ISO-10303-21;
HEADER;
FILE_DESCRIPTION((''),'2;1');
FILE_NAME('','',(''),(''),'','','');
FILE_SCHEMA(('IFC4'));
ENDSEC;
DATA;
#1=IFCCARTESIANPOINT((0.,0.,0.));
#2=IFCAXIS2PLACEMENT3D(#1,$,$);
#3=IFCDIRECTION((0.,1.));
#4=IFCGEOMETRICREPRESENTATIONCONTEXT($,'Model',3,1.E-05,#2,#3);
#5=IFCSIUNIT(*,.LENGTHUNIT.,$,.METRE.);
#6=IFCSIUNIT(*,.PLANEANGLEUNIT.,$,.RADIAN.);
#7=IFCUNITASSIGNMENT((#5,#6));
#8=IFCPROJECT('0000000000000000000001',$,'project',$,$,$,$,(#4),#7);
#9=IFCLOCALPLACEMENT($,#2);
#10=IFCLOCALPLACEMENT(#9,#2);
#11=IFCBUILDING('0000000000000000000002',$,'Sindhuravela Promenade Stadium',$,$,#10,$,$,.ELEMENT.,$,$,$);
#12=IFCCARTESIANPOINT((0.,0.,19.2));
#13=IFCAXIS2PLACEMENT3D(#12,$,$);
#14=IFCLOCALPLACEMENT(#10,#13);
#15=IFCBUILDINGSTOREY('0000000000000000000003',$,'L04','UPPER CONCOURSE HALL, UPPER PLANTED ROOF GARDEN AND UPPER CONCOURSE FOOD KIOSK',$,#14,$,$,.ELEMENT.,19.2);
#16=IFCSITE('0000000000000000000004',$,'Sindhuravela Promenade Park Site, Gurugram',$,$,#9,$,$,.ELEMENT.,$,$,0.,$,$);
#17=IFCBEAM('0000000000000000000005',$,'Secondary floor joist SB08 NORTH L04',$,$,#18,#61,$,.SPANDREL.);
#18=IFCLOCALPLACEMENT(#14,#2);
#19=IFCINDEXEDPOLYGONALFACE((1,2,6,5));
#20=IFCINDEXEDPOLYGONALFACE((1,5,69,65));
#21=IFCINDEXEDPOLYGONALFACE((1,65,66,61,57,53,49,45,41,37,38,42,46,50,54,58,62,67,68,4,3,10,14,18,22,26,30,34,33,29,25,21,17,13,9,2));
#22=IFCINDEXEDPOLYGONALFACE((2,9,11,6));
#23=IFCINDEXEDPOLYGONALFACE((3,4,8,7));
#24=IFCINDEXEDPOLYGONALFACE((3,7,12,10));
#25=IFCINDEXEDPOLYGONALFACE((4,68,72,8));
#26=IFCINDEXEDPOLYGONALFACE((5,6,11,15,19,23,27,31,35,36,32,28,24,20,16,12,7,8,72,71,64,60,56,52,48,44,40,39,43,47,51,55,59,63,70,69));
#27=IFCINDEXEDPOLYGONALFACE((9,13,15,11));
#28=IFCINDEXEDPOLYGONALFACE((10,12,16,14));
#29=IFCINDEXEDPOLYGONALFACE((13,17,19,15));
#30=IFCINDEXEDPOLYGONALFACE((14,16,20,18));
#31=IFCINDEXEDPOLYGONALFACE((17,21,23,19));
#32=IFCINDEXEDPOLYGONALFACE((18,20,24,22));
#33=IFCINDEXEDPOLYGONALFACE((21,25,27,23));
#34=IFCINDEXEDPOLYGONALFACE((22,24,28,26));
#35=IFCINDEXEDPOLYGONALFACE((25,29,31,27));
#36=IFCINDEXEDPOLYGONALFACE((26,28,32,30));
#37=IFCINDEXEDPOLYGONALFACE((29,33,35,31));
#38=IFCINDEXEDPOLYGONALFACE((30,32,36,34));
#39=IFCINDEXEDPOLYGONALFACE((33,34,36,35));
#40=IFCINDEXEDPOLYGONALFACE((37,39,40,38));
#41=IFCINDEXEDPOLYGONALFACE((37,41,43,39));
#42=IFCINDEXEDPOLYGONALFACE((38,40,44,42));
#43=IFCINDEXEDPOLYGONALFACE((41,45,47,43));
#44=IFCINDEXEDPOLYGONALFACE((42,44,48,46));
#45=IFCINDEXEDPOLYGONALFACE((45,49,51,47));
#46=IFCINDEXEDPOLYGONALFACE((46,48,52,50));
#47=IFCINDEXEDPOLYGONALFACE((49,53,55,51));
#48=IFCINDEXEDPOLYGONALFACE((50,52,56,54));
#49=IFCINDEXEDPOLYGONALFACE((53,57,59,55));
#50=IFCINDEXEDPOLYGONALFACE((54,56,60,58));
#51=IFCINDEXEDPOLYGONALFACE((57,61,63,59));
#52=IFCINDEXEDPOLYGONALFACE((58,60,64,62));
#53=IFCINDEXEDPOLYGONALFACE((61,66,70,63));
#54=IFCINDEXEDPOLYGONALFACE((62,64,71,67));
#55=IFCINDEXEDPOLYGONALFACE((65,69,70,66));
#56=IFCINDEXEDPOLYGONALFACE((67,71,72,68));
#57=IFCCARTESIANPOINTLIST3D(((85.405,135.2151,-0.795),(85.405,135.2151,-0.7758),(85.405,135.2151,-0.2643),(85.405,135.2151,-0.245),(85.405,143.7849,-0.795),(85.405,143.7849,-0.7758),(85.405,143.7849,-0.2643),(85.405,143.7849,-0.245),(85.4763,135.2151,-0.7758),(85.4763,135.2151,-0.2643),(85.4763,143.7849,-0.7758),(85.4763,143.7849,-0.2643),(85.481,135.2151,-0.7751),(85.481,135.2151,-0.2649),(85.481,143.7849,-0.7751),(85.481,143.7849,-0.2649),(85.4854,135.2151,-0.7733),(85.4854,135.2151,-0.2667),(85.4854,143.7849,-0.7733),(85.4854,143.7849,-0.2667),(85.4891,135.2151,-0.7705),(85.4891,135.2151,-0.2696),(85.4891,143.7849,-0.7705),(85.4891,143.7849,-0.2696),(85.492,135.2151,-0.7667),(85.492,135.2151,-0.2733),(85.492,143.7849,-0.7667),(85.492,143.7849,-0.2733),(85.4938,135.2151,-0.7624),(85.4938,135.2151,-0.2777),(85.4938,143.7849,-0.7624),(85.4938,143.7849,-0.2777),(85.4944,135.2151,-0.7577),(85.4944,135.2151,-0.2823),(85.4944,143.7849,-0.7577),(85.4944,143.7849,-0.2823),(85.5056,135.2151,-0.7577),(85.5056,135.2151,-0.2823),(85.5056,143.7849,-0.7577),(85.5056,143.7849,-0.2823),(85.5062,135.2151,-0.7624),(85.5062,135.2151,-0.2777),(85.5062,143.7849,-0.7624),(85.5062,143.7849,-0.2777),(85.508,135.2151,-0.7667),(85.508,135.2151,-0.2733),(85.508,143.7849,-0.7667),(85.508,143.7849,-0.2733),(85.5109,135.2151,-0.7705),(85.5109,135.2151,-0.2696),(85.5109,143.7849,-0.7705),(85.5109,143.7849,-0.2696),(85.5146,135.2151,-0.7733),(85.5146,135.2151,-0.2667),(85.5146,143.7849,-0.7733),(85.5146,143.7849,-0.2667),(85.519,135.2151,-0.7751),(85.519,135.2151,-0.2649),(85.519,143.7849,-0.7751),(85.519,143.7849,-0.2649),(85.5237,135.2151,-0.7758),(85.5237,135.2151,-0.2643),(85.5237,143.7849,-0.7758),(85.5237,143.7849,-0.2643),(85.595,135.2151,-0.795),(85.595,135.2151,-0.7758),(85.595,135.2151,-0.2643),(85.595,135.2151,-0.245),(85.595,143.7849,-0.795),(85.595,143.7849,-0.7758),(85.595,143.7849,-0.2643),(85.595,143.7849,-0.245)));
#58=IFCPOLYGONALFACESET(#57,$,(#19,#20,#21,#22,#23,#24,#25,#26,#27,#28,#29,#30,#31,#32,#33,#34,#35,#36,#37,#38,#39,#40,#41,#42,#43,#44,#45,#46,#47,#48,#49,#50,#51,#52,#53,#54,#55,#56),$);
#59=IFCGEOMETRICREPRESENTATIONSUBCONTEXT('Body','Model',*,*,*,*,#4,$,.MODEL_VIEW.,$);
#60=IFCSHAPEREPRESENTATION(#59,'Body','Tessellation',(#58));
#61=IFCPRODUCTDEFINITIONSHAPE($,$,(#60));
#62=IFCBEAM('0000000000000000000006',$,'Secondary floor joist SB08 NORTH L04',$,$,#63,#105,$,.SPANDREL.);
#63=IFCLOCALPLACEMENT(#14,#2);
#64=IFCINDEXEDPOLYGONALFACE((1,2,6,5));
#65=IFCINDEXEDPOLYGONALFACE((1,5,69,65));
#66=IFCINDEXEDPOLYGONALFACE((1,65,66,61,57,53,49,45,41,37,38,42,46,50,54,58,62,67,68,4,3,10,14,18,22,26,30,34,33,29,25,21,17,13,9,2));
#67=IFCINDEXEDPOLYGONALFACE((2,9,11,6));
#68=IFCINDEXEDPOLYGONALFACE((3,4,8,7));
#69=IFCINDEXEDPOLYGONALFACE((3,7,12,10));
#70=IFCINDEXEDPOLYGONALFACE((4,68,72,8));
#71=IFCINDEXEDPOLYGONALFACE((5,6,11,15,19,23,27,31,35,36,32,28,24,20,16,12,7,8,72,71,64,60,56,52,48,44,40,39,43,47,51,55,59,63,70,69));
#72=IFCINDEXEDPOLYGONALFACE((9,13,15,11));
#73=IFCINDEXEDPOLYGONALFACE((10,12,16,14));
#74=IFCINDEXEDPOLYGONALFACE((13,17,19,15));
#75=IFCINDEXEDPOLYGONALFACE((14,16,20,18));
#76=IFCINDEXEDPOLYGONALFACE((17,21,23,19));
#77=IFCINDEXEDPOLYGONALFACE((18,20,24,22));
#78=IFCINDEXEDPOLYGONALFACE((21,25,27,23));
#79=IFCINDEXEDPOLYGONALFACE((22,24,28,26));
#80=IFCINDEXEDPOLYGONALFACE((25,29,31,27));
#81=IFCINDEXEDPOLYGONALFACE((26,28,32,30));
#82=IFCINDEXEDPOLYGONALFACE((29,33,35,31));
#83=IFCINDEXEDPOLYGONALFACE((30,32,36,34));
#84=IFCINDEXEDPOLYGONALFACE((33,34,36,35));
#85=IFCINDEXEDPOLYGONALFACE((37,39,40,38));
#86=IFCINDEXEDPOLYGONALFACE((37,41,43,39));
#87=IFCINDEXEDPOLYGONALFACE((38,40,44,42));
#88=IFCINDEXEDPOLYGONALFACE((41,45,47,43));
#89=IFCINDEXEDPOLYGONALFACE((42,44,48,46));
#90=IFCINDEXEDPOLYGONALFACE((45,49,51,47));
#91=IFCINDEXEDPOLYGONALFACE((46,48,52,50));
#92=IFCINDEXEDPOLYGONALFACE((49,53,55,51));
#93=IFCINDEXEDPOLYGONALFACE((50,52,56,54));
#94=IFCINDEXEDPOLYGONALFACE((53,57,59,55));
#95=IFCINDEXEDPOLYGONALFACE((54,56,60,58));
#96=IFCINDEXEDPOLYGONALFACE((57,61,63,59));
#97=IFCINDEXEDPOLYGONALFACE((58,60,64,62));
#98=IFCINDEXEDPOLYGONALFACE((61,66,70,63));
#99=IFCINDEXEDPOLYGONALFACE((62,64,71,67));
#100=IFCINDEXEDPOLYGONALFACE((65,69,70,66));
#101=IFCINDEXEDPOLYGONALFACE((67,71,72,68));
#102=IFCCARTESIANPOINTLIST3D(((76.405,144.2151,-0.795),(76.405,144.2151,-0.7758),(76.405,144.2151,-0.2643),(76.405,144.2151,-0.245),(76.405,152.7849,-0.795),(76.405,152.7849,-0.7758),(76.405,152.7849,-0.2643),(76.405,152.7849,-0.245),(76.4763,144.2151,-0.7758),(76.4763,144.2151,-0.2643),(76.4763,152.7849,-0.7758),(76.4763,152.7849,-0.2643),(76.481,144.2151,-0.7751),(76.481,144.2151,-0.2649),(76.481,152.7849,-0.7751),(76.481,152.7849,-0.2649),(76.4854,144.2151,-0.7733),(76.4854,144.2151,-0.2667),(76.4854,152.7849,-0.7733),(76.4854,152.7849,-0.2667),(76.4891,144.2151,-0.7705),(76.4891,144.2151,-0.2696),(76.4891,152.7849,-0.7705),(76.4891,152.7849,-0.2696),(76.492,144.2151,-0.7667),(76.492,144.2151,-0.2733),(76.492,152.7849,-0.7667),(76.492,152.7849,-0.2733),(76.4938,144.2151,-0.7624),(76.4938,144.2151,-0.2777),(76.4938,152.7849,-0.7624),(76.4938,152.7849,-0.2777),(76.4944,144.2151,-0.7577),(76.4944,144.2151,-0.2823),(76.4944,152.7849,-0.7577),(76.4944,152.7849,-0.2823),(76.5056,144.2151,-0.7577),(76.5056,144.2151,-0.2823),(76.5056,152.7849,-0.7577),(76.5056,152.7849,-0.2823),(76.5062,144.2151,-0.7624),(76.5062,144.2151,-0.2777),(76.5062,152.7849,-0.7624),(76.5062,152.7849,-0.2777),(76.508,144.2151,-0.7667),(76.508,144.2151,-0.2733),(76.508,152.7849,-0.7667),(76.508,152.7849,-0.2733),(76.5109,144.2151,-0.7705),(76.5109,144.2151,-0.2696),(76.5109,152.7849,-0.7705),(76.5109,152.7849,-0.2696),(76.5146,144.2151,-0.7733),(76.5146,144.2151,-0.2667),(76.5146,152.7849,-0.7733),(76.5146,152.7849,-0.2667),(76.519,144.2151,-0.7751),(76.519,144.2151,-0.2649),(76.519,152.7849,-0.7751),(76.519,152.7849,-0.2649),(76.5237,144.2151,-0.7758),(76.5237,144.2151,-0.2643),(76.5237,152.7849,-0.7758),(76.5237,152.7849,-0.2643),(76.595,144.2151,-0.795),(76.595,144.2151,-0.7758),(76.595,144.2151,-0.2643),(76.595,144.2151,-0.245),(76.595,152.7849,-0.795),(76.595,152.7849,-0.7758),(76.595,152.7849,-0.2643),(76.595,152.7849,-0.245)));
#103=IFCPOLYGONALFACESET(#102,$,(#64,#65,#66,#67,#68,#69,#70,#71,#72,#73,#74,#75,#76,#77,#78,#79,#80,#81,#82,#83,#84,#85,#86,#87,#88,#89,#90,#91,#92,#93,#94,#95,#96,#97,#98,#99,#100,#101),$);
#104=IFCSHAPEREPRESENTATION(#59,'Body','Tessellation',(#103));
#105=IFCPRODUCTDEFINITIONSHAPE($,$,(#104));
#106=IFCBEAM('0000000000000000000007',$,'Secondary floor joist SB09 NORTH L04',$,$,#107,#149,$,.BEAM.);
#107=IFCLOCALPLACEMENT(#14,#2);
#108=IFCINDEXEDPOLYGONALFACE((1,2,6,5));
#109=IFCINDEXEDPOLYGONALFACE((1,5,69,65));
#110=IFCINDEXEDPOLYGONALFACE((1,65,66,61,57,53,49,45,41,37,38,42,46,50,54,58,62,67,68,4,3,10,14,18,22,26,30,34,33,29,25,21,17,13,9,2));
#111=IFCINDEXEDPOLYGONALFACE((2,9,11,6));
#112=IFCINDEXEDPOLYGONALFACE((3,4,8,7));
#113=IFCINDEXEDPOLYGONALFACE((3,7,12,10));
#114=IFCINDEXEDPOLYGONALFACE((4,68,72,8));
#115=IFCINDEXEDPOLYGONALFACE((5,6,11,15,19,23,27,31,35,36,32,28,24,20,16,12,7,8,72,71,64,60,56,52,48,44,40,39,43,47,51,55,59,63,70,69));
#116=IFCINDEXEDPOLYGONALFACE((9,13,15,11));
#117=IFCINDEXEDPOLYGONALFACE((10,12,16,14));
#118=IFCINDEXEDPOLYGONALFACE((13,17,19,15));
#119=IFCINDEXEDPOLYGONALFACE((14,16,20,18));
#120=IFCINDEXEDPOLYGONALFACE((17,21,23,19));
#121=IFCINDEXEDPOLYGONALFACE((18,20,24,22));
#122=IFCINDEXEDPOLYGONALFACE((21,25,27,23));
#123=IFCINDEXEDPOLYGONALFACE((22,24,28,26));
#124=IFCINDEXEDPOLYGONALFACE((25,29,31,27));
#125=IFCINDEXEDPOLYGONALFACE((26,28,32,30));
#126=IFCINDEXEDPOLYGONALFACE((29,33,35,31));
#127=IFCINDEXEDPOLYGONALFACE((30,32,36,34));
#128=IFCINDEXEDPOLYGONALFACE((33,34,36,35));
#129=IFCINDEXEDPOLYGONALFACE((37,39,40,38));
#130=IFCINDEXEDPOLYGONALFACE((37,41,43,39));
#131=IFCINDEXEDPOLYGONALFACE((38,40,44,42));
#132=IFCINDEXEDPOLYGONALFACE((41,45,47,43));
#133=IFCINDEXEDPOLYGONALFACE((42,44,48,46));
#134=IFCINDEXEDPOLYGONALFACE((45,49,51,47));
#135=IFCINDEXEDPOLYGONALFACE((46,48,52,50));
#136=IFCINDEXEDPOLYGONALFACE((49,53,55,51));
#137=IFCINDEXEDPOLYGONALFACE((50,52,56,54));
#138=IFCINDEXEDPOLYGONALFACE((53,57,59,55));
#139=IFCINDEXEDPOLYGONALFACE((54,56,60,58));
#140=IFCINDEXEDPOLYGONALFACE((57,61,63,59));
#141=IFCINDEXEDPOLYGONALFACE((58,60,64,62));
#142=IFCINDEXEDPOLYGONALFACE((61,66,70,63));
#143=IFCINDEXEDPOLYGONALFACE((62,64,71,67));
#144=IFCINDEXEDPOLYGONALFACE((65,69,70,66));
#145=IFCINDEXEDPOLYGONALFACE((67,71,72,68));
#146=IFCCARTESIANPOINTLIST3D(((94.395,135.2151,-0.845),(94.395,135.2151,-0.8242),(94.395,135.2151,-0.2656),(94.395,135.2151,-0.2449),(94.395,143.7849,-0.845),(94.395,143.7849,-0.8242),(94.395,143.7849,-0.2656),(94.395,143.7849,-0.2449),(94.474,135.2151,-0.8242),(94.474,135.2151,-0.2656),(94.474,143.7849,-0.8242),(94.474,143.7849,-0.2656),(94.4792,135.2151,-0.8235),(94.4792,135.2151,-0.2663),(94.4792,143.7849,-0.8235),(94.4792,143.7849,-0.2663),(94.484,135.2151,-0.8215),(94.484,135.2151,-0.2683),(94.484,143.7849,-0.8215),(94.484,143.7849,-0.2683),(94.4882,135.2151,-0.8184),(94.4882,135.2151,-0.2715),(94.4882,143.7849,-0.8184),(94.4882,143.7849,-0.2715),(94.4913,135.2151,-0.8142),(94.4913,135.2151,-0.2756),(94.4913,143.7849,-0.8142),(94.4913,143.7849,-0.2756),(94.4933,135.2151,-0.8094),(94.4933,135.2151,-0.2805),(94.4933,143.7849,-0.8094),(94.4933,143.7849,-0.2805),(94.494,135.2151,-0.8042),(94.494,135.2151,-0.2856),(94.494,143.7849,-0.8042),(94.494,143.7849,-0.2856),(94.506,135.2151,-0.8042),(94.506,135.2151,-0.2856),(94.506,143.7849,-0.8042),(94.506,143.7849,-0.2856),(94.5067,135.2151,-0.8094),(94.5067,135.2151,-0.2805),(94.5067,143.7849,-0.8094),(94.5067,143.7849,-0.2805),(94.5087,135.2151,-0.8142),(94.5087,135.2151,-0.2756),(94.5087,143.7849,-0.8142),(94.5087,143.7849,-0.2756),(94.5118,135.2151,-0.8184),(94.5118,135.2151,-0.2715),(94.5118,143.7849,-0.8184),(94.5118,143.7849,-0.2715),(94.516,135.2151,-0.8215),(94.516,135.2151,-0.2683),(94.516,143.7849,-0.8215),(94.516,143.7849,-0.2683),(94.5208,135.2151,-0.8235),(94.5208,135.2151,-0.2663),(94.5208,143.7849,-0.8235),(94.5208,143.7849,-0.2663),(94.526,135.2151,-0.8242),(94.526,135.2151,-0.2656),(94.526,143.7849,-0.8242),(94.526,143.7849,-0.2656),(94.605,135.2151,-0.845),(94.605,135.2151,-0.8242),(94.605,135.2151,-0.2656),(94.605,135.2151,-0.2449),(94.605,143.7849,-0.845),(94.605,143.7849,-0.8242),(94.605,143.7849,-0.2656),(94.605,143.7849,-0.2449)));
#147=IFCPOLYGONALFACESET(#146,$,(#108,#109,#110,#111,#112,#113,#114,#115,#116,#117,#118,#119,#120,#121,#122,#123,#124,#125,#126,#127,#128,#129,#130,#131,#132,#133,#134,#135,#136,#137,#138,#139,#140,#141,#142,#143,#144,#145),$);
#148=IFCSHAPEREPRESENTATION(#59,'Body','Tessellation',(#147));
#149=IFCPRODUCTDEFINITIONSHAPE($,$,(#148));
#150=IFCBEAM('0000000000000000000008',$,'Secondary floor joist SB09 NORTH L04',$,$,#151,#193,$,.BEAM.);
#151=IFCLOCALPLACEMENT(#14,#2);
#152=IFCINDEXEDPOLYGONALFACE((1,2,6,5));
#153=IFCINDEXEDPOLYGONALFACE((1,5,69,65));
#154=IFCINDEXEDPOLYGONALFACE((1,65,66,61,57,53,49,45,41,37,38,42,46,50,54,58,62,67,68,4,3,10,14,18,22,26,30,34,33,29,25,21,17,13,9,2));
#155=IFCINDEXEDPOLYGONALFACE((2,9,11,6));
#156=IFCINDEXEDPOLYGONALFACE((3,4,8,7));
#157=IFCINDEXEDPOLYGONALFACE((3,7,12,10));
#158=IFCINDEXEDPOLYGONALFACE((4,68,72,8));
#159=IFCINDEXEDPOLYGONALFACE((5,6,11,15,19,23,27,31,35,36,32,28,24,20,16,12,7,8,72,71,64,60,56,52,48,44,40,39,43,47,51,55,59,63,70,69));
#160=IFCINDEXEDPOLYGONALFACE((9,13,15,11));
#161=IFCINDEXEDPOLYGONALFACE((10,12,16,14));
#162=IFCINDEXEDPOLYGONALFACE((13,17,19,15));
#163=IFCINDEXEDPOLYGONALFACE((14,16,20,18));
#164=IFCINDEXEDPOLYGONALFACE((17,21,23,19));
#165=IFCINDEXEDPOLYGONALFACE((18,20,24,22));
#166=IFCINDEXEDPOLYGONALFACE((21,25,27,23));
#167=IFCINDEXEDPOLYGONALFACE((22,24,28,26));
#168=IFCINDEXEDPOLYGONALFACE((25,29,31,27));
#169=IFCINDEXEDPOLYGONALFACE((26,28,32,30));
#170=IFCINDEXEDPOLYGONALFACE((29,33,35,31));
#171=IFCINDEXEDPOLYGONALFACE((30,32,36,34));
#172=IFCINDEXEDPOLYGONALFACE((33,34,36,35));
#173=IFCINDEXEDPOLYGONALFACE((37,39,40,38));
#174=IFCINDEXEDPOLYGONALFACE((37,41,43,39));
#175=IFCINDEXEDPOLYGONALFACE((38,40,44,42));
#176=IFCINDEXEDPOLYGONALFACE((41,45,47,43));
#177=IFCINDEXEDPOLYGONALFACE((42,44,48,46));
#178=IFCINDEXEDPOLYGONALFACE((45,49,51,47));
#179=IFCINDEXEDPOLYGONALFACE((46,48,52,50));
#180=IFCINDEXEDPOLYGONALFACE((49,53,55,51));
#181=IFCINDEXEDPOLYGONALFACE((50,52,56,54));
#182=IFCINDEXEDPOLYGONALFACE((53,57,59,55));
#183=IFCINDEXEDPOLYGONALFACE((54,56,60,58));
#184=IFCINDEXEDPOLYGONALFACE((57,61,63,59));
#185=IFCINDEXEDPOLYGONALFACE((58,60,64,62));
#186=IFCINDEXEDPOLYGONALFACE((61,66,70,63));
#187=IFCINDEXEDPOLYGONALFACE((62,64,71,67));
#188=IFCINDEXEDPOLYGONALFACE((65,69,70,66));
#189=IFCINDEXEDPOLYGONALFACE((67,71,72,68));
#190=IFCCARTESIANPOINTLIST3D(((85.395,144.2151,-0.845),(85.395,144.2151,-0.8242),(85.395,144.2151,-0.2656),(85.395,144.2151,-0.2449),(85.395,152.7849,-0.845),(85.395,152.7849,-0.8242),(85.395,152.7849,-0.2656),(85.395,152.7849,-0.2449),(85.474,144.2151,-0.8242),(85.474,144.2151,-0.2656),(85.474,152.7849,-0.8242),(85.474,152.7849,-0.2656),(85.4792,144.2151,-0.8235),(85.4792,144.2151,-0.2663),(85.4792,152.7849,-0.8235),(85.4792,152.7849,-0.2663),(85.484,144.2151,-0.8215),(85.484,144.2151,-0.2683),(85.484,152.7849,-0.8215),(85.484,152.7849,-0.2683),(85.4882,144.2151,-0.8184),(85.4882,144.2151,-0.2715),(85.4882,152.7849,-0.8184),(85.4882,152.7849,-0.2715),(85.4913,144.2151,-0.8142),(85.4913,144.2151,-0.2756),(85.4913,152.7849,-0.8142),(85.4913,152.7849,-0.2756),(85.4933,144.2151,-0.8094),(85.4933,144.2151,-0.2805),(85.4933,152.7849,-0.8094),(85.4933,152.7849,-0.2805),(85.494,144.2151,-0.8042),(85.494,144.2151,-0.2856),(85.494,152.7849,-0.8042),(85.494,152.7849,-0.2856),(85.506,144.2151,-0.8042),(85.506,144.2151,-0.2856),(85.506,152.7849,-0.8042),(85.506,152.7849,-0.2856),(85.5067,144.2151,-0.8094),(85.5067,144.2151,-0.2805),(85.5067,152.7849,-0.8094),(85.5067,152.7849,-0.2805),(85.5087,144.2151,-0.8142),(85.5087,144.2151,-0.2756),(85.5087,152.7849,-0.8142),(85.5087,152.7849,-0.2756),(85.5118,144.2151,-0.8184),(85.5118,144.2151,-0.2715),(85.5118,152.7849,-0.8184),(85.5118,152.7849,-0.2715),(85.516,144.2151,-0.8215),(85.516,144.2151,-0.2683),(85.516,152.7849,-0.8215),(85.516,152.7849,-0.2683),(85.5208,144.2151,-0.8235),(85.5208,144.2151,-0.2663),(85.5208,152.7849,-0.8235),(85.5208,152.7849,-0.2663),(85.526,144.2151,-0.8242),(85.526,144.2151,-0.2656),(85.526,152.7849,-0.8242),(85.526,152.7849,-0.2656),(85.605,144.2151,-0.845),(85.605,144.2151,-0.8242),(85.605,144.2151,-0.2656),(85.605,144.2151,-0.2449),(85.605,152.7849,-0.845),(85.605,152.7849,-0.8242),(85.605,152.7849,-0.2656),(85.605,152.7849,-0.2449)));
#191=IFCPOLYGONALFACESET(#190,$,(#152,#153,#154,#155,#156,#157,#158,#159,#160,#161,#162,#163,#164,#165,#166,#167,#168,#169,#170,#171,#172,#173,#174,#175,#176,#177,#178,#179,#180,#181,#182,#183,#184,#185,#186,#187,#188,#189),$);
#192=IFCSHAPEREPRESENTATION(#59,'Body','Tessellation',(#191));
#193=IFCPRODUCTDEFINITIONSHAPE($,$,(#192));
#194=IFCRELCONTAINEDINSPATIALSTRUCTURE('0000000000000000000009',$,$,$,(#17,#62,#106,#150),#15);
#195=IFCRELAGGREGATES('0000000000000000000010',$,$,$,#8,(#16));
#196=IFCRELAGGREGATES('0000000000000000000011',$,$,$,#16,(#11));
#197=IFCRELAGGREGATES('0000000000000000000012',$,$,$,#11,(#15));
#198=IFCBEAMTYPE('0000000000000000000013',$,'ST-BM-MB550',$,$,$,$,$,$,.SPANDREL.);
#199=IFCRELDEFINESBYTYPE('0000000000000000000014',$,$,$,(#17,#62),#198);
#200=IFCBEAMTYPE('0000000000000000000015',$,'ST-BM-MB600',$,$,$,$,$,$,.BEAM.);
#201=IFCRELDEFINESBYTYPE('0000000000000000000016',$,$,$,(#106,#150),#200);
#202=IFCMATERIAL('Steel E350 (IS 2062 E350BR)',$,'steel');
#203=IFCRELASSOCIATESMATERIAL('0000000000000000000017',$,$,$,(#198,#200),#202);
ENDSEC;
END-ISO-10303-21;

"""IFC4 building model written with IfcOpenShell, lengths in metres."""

from ifc_helpers import new_model, si_unit, direction, frame, origin, origin_2d, place, context, subcontext, project, spatial, i_section, extrude, material, material_profile, profile_set, type_object, element, save


model = new_model("IFC4")

# Units and contexts
model_context = context("Model", 3, precision=1e-05, world=origin(), true_north=direction((0.0, 1.0)))
body_context = subcontext(model_context, "Body", "Model", "MODEL_VIEW")
ifc_project = project(units=[si_unit("LENGTHUNIT", "METRE"), si_unit("PLANEANGLEUNIT", "RADIAN")], contexts=[model_context])

# Site, building, storey
site_placement = place(None, origin())
site = spatial("IfcSite", under=ifc_project, at=site_placement, Name="Sindhuravela Promenade Park Site, Gurugram", CompositionType="ELEMENT", RefElevation=0.0)
building_placement = place(site_placement, origin())
building = spatial("IfcBuilding", under=site, at=building_placement, Name="Sindhuravela Promenade Stadium", CompositionType="ELEMENT")
storey_placement = place(building_placement, frame((0.0, 0.0, 19.2)))
storey = spatial("IfcBuildingStorey", under=building, at=storey_placement, Name="L04", Description="UPPER CONCOURSE HALL, UPPER PLANTED ROOF GARDEN AND UPPER CONCOURSE FOOD KIOSK", CompositionType="ELEMENT", Elevation=19.2)

# Shared definitions
ifc_material_1 = material(Name="Steel E350 (IS 2062 E350BR)", Category="steel")

# Beams
ifc_material_profile_1 = material_profile(ifc_material_1, i_section(OverallWidth=0.1899, OverallDepth=0.55, WebThickness=0.0112, FlangeThickness=0.0193, FilletRadius=0.0181, at=origin_2d()), Name="ISMB 550")
ifc_profile_set_1 = profile_set([ifc_material_profile_1], Name="Steel E350 (IS 2062 E350BR)")
beam_type_1 = type_object("IfcBeamType", Name="ST-BM-MB550", PredefinedType="SPANDREL", material=ifc_profile_set_1)
for number, where, z_axis, x_axis, name in (
    (1, (85.5, 135.2151, -0.52), (0.0, 1.0, 0.0), (-1.0, 0.0, 0.0), "Secondary floor joist SB08 NORTH L04"),
    (2, (76.5, 144.2151, -0.52), (0.0, 1.0, 0.0), (-1.0, 0.0, 0.0), "Secondary floor joist SB08 NORTH L04"),
):
    element("IfcBeam", number, at=place(storey_placement, frame(where, z_axis=z_axis, x_axis=x_axis)), inside=storey, type_object=beam_type_1, Name=name, PredefinedType="SPANDREL", context=body_context, shape_type="SweptSolid", body=[
        extrude(i_section(OverallWidth=0.1899, OverallDepth=0.55, WebThickness=0.0112, FlangeThickness=0.0193, FilletRadius=0.0181, at=origin_2d()), origin(), (0.0, 0.0, 1.0), 8.5698),
    ])
ifc_material_profile_2 = material_profile(ifc_material_1, i_section(OverallWidth=0.21, OverallDepth=0.6001, WebThickness=0.012, FlangeThickness=0.0208, FilletRadius=0.02, at=origin_2d()), Name="ISMB 600")
ifc_profile_set_2 = profile_set([ifc_material_profile_2], Name="Steel E350 (IS 2062 E350BR)")
beam_type_2 = type_object("IfcBeamType", Name="ST-BM-MB600", PredefinedType="BEAM", material=ifc_profile_set_2)
for number, where, z_axis, x_axis, name in (
    (3, (94.5, 135.2151, -0.5449), (0.0, 1.0, 0.0), (-1.0, 0.0, 0.0), "Secondary floor joist SB09 NORTH L04"),
    (4, (85.5, 144.2151, -0.5449), (0.0, 1.0, 0.0), (-1.0, 0.0, 0.0), "Secondary floor joist SB09 NORTH L04"),
):
    element("IfcBeam", number, at=place(storey_placement, frame(where, z_axis=z_axis, x_axis=x_axis)), inside=storey, type_object=beam_type_2, Name=name, PredefinedType="BEAM", context=body_context, shape_type="SweptSolid", body=[
        extrude(i_section(OverallWidth=0.21, OverallDepth=0.6001, WebThickness=0.012, FlangeThickness=0.0208, FilletRadius=0.02, at=origin_2d()), origin(), (0.0, 0.0, 1.0), 8.5698),
    ])

save(model, "model.ifc")
